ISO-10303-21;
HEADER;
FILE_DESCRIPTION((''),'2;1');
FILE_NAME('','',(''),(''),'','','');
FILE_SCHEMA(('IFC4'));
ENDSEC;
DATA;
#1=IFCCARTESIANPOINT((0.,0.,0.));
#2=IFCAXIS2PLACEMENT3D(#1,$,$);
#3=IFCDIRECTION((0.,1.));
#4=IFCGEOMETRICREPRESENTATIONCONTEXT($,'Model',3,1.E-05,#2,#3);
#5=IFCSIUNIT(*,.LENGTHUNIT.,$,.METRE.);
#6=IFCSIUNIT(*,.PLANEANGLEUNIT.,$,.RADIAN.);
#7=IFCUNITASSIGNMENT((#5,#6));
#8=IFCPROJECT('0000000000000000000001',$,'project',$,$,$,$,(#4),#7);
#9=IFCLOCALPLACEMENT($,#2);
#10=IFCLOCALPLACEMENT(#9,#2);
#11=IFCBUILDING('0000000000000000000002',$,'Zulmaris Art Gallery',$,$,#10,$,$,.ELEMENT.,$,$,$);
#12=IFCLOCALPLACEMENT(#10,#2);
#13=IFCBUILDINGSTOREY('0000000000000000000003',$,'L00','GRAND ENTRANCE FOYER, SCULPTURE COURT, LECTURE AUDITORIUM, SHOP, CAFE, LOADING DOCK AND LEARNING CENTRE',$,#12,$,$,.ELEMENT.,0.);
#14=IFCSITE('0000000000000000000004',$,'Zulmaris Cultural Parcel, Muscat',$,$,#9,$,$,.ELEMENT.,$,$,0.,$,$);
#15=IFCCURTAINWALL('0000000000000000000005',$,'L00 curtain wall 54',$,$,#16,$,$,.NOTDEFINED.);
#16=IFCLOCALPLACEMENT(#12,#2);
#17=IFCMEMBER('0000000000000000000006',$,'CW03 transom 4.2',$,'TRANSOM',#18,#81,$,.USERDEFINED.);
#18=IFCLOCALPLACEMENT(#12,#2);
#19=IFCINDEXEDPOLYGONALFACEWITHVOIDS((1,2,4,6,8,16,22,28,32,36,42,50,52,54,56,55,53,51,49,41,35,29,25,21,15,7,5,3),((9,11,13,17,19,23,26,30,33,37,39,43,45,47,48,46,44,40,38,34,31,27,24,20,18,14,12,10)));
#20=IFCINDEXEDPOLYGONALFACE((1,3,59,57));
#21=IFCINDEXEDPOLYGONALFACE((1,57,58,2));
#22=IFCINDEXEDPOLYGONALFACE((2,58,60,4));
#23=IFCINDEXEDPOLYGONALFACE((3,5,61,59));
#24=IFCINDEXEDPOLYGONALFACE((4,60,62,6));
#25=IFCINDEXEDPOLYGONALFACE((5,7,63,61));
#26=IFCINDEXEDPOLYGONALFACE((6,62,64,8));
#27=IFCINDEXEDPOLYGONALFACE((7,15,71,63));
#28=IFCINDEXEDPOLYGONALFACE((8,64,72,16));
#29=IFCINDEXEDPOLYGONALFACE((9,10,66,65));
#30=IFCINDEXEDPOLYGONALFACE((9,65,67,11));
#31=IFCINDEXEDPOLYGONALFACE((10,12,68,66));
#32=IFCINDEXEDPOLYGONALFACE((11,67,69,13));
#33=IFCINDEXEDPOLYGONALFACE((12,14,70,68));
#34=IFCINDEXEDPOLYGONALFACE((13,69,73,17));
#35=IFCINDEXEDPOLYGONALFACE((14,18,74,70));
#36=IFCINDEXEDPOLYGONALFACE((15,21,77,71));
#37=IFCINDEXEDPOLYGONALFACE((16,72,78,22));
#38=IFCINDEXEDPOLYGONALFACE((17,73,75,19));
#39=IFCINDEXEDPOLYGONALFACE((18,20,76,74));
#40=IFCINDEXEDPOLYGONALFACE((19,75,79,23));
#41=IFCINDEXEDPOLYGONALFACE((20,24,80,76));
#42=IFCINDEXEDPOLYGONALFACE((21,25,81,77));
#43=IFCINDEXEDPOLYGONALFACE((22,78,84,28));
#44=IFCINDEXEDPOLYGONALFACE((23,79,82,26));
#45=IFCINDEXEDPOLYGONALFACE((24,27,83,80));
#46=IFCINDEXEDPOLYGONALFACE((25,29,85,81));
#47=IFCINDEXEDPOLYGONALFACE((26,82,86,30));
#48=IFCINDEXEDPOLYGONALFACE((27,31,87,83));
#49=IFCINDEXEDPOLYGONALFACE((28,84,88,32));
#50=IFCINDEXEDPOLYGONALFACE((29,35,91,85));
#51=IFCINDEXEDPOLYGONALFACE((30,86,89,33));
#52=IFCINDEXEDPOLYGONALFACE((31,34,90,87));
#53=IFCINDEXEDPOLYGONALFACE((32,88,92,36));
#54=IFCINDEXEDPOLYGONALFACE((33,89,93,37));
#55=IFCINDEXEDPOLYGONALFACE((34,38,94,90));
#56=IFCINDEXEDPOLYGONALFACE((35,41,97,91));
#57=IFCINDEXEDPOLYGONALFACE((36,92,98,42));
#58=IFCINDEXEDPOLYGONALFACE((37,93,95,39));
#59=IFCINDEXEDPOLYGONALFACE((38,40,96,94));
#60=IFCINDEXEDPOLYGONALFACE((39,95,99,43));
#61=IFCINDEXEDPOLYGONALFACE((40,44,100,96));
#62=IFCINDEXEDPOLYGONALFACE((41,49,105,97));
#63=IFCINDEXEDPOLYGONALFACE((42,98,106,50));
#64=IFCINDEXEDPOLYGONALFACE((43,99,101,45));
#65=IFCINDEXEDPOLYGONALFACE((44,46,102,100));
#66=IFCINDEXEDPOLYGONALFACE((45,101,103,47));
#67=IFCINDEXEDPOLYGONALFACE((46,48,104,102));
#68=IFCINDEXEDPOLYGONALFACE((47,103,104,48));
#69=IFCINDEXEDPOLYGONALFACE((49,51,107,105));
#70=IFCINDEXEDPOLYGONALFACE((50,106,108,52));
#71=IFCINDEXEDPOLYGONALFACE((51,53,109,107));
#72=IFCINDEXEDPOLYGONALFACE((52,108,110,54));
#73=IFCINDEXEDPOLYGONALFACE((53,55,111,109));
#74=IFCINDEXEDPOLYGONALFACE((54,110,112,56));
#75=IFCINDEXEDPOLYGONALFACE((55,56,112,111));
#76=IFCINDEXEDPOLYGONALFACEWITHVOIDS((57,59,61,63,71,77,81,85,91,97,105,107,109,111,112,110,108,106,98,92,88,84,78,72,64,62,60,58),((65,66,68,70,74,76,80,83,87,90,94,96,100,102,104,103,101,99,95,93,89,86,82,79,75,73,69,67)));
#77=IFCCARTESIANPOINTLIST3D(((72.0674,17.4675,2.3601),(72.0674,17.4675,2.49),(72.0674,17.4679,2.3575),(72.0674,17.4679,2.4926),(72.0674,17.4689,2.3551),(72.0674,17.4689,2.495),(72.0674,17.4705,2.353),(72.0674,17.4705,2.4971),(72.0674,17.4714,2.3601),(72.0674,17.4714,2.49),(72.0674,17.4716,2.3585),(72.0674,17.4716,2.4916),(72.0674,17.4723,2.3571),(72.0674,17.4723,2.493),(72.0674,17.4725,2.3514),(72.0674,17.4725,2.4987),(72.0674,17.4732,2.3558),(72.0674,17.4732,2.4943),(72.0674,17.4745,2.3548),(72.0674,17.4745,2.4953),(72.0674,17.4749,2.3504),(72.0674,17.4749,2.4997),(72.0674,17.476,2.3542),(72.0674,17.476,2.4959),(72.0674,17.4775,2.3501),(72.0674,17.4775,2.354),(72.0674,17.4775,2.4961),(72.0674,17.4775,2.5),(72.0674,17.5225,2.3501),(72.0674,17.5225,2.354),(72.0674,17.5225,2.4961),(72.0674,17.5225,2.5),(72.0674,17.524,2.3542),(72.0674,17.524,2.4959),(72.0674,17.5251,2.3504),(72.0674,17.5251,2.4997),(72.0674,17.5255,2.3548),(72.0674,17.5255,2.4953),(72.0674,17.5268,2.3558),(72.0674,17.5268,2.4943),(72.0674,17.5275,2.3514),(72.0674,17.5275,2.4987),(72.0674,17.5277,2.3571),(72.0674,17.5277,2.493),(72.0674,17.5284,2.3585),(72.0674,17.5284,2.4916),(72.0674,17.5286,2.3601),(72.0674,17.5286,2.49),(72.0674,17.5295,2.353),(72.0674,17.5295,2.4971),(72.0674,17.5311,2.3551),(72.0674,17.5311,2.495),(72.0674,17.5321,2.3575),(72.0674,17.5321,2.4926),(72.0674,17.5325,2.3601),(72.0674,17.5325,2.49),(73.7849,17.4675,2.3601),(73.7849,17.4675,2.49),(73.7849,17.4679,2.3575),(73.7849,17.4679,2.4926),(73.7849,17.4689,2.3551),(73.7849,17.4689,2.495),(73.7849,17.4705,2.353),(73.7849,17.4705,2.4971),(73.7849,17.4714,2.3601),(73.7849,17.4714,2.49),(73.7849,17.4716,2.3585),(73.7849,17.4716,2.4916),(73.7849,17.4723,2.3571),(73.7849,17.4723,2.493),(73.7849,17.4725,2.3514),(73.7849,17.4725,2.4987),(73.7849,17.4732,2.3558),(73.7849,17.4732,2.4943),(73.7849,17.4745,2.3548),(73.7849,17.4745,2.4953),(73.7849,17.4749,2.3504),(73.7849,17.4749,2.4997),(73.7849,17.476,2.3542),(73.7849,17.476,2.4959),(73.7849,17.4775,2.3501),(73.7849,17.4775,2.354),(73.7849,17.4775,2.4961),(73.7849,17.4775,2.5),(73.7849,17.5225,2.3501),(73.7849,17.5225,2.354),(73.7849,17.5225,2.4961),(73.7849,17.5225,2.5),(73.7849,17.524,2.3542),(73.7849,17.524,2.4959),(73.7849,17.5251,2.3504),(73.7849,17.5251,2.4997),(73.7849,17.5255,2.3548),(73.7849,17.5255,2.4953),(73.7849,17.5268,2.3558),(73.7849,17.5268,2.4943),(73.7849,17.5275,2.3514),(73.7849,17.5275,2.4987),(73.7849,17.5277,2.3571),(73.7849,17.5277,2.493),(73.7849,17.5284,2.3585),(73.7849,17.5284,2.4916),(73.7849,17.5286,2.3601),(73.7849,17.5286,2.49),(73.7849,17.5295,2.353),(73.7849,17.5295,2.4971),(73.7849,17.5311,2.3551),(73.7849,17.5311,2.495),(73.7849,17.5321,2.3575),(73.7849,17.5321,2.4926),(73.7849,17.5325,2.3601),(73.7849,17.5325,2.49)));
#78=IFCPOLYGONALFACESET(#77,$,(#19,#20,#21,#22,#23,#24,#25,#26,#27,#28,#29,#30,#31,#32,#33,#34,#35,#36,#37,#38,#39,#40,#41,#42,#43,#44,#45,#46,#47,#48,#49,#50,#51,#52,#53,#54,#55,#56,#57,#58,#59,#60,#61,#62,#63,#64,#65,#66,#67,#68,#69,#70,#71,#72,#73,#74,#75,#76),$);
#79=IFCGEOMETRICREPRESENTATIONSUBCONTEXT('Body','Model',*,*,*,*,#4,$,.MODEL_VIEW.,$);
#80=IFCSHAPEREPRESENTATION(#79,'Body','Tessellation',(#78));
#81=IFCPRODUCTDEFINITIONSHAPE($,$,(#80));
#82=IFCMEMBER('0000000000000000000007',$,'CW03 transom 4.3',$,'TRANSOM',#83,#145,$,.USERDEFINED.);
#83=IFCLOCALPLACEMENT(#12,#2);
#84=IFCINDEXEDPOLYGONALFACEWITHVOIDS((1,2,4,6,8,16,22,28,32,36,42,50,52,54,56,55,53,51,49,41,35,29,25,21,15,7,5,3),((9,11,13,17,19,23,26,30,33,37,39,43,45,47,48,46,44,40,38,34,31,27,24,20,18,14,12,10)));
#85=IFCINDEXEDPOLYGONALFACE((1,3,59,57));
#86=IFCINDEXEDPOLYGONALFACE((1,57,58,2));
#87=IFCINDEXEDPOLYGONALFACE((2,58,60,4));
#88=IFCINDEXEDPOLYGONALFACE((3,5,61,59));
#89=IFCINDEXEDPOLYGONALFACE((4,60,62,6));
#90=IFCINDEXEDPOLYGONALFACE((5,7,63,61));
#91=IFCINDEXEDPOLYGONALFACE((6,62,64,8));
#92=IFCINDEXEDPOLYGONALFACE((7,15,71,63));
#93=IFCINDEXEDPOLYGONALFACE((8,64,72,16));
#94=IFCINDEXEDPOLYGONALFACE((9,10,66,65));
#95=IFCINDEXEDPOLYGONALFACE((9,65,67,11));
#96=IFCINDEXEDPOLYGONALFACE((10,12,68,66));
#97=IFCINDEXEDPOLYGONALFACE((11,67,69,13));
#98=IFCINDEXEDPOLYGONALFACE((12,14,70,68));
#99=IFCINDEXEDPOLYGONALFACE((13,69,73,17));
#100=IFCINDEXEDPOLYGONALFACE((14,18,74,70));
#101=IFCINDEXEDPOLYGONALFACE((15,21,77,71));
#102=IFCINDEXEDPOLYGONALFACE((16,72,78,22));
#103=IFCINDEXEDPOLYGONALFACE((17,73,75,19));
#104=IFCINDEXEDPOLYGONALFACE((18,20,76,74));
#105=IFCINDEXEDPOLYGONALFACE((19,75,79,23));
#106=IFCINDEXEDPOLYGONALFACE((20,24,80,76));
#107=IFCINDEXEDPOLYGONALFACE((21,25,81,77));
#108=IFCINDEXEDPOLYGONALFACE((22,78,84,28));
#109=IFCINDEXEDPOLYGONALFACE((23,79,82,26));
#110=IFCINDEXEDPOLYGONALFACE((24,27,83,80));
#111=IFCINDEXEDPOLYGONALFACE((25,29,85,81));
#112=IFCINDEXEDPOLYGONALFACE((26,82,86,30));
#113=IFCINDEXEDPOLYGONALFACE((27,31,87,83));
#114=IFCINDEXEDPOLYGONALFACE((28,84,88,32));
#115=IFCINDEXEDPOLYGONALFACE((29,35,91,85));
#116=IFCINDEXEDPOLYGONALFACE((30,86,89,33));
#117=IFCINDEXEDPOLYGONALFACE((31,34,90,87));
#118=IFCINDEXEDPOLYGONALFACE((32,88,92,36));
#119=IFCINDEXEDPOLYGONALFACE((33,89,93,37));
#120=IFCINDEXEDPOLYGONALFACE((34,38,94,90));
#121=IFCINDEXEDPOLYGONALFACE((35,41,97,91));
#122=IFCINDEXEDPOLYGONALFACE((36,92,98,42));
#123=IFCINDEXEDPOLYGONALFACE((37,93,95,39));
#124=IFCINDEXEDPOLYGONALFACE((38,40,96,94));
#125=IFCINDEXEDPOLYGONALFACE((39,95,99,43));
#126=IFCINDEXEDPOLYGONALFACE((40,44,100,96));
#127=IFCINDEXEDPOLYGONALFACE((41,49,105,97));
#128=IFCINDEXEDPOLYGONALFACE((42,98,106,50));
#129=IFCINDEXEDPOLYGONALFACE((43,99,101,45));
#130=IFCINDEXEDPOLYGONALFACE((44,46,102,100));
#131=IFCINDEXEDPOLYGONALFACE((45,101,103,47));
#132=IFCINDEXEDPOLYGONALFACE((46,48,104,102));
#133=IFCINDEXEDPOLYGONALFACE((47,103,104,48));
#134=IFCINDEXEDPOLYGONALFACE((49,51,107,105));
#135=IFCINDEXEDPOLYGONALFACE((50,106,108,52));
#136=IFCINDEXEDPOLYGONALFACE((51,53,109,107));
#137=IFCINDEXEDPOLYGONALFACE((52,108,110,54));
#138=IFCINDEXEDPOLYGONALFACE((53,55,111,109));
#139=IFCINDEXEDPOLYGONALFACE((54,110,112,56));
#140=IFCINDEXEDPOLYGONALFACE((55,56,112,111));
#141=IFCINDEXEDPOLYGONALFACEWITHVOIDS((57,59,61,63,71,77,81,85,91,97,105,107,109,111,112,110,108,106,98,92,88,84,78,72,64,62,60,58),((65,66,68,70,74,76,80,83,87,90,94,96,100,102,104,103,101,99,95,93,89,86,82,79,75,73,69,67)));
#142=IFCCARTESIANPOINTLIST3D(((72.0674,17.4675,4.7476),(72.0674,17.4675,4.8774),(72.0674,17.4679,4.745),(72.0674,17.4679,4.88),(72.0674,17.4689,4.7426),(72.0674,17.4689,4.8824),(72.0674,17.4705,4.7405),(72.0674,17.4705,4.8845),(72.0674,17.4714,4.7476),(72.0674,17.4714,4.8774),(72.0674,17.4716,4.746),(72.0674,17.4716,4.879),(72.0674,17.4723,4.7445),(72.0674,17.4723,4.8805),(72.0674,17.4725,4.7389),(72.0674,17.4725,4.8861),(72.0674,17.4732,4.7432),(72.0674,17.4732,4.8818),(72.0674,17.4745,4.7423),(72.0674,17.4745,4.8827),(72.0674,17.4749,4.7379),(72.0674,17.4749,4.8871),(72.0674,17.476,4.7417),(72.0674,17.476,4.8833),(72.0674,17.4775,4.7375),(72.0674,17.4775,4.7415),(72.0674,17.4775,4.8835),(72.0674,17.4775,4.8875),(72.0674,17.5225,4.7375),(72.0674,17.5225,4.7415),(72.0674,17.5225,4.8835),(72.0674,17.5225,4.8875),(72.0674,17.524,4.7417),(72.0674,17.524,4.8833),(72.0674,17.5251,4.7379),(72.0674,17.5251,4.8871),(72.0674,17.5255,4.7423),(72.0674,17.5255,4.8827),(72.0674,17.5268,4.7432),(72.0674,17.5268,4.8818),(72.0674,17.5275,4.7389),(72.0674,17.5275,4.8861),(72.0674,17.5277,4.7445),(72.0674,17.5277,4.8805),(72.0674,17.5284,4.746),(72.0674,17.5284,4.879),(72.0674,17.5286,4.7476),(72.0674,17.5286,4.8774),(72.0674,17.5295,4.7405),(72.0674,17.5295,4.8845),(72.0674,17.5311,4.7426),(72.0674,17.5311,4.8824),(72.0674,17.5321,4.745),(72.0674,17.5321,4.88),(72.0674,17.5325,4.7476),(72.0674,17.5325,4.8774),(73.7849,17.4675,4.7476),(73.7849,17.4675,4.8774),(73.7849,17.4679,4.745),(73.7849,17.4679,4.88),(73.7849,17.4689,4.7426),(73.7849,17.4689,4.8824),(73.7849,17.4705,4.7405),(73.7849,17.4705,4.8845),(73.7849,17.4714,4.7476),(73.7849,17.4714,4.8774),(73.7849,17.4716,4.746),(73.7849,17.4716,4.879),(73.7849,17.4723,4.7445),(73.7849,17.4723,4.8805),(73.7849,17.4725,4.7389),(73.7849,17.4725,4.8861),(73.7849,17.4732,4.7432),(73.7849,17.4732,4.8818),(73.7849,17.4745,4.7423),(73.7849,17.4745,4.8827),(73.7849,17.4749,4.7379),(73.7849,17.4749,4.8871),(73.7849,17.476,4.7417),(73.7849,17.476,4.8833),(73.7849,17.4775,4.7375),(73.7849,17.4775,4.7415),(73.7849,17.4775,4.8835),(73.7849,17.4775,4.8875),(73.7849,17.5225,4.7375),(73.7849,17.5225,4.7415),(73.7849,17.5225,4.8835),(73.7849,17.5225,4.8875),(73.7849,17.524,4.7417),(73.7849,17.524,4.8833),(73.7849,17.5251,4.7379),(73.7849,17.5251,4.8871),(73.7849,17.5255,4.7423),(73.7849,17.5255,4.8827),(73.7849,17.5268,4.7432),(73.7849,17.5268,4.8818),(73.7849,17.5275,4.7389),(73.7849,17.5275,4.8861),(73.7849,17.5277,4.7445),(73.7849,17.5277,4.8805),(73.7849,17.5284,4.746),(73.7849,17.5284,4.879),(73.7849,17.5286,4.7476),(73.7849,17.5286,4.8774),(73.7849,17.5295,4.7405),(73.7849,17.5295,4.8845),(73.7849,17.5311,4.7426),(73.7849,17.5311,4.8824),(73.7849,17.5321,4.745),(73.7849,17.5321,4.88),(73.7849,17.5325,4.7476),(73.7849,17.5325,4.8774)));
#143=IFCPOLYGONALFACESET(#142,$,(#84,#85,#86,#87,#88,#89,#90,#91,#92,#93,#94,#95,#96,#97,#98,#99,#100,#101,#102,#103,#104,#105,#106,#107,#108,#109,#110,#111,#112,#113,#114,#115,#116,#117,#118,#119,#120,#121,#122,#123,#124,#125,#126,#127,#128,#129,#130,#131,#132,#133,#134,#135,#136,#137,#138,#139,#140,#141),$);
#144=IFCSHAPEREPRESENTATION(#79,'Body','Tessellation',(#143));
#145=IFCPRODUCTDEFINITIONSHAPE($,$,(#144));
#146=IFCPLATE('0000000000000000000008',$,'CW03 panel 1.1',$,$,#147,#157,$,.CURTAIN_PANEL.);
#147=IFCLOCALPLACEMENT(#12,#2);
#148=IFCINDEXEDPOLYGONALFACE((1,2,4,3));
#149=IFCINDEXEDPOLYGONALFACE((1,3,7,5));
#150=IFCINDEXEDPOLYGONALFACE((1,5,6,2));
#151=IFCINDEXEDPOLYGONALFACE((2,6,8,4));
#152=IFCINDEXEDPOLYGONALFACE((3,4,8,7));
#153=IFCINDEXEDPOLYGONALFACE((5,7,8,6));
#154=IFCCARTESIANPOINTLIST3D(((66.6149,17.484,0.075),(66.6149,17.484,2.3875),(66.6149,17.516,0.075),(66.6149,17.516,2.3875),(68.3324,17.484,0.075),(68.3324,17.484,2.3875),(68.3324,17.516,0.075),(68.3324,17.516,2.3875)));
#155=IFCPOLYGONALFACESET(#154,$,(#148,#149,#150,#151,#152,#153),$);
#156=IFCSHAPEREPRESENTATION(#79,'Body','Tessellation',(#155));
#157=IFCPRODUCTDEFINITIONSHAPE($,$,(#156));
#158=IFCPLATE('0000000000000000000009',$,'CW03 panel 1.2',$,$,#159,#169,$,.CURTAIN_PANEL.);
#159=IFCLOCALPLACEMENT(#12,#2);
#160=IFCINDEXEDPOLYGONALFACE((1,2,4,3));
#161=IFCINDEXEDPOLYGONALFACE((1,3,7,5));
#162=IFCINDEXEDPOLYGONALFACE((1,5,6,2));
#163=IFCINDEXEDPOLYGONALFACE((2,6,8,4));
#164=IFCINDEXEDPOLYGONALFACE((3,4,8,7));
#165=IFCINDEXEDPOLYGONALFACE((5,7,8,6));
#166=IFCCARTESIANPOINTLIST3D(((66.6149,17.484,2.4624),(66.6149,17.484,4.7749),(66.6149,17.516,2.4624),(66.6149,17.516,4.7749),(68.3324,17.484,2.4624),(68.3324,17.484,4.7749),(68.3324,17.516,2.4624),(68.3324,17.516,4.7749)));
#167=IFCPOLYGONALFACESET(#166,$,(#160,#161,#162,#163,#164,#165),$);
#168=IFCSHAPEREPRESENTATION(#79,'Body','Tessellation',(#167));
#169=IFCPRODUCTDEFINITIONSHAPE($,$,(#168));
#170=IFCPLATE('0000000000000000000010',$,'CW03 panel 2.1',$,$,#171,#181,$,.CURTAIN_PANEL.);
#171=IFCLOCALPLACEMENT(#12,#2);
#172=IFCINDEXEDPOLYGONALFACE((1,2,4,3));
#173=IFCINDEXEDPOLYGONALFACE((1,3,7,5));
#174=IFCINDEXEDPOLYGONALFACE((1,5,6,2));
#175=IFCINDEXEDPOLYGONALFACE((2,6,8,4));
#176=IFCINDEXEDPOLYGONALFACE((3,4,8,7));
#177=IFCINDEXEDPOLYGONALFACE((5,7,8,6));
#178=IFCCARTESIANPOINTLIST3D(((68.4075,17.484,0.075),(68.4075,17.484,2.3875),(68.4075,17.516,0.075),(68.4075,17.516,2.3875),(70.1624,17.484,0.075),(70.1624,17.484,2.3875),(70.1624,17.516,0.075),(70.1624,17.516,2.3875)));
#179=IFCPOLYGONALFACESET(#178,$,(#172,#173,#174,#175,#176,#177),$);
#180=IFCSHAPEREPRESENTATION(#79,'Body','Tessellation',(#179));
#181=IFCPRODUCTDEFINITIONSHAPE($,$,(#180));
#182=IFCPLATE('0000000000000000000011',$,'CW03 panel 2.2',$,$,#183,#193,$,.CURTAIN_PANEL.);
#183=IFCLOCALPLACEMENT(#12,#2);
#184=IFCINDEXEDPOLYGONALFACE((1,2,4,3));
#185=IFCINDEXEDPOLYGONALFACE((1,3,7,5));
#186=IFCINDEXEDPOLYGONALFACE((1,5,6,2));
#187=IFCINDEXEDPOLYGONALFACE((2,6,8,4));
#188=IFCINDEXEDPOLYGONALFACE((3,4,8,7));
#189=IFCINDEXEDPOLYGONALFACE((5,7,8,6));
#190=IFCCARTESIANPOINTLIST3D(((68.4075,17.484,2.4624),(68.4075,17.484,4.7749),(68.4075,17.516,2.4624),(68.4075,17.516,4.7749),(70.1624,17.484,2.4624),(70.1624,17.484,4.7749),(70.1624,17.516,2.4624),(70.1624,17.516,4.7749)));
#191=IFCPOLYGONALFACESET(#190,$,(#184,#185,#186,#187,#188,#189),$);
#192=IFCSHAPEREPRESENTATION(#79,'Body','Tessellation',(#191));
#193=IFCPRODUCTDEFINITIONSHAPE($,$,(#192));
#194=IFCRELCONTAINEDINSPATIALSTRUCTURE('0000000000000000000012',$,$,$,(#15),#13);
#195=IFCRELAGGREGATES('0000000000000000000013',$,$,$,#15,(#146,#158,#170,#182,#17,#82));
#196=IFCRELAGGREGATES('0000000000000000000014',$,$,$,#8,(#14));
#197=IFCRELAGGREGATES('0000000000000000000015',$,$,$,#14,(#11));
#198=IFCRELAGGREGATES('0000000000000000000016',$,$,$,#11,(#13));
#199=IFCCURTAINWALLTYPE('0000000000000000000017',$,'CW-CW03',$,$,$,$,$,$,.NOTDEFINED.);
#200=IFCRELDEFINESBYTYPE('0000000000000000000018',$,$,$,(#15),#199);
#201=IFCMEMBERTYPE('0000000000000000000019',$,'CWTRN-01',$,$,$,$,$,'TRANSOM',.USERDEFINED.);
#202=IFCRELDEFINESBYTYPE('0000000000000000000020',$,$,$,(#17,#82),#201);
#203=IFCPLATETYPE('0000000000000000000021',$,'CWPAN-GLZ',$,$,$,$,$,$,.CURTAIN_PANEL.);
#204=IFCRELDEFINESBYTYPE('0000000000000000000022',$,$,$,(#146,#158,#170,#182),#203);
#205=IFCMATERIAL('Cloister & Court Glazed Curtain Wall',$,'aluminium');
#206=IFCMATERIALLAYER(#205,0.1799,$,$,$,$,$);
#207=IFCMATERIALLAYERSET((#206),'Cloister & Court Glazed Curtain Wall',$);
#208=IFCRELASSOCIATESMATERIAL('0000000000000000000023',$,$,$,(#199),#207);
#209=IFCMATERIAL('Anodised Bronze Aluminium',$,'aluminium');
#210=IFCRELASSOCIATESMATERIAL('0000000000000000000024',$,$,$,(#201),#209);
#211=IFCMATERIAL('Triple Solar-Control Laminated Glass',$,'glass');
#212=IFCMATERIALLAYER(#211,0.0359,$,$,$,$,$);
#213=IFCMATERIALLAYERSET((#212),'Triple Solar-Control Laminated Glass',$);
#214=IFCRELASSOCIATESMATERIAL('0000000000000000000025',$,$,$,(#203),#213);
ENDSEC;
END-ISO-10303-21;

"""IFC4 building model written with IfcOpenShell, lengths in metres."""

from ifc_helpers import new_model, si_unit, direction, frame, origin, origin_2d, place, context, subcontext, project, spatial, rectangle, hollow_rectangle, extrude, material, layer, layer_set, material_profile, profile_set, type_object, element, aggregate, save


model = new_model("IFC4")

# Units and contexts
model_context = context("Model", 3, precision=1e-05, world=origin(), true_north=direction((0.0, 1.0)))
body_context = subcontext(model_context, "Body", "Model", "MODEL_VIEW")
ifc_project = project(units=[si_unit("LENGTHUNIT", "METRE"), si_unit("PLANEANGLEUNIT", "RADIAN")], contexts=[model_context])

# Site, building, storey
site_placement = place(None, origin())
site = spatial("IfcSite", under=ifc_project, at=site_placement, Name="Zulmaris Cultural Parcel, Muscat", CompositionType="ELEMENT", RefElevation=0.0)
building_placement = place(site_placement, origin())
building = spatial("IfcBuilding", under=site, at=building_placement, Name="Zulmaris Art Gallery", CompositionType="ELEMENT")
storey_placement = place(building_placement, origin())
storey = spatial("IfcBuildingStorey", under=building, at=storey_placement, Name="L00", Description="GRAND ENTRANCE FOYER, SCULPTURE COURT, LECTURE AUDITORIUM, SHOP, CAFE, LOADING DOCK AND LEARNING CENTRE", CompositionType="ELEMENT", Elevation=0.0)

# Curtain wall, members, plates
ifc_material_1 = material(Name="Cloister & Court Glazed Curtain Wall", Category="aluminium")
ifc_layer_1 = layer(ifc_material_1, 0.1799)
ifc_layer_set_1 = layer_set([ifc_layer_1], Name="Cloister & Court Glazed Curtain Wall")
curtain_wall_type = type_object("IfcCurtainWallType", Name="CW-CW03", PredefinedType="NOTDEFINED", material=ifc_layer_set_1)
curtain_wall_placement = place(storey_placement, origin())
curtain_wall = element("IfcCurtainWall", 1, at=curtain_wall_placement, inside=storey, type_object=curtain_wall_type, Name="L00 curtain wall 54", PredefinedType="NOTDEFINED")
ifc_material_2 = material(Name="Anodised Bronze Aluminium", Category="aluminium")
ifc_material_profile_1 = material_profile(ifc_material_2, hollow_rectangle(XDim=0.0649, YDim=0.1499, WallThickness=0.0039, InnerFilletRadius=0.0061, OuterFilletRadius=0.01, at=origin_2d()), Name="ALU 65x150x4")
ifc_profile_set_1 = profile_set([ifc_material_profile_1], Name="Anodised Bronze Aluminium")
member_type_1 = type_object("IfcMemberType", Name="CWTRN-01", ElementType="TRANSOM", PredefinedType="USERDEFINED", material=ifc_profile_set_1)
member_1_placement = place(storey_placement, frame((72.0674, 17.5, 2.425), z_axis=(1.0, 0.0, 0.0), x_axis=(0.0, 1.0, 0.0)))
member_1 = element("IfcMember", 2, at=member_1_placement, type_object=member_type_1, Name="CW03 transom 4.2", ObjectType="TRANSOM", PredefinedType="USERDEFINED", context=body_context, shape_type="SweptSolid", body=[
    extrude(hollow_rectangle(XDim=0.0649, YDim=0.1499, WallThickness=0.0039, InnerFilletRadius=0.0061, OuterFilletRadius=0.01, at=origin_2d()), origin(), (0.0, 0.0, 1.0), 1.7175),
])
member_2_placement = place(storey_placement, frame((72.0674, 17.5, 4.8125), z_axis=(1.0, 0.0, 0.0), x_axis=(0.0, 1.0, 0.0)))
member_2 = element("IfcMember", 3, at=member_2_placement, type_object=member_type_1, Name="CW03 transom 4.3", ObjectType="TRANSOM", PredefinedType="USERDEFINED", context=body_context, shape_type="SweptSolid", body=[
    extrude(hollow_rectangle(XDim=0.0649, YDim=0.1499, WallThickness=0.0039, InnerFilletRadius=0.0061, OuterFilletRadius=0.01, at=origin_2d()), origin(), (0.0, 0.0, 1.0), 1.7175),
])
ifc_material_3 = material(Name="Triple Solar-Control Laminated Glass", Category="glass")
ifc_layer_2 = layer(ifc_material_3, 0.0359)
ifc_layer_set_2 = layer_set([ifc_layer_2], Name="Triple Solar-Control Laminated Glass")
plate_type = type_object("IfcPlateType", Name="CWPAN-GLZ", PredefinedType="CURTAIN_PANEL", material=ifc_layer_set_2)
plate_1_placement = place(storey_placement, frame((67.4736, 17.5, 0.075), z_axis=(0.0, 0.0, 1.0), x_axis=(1.0, 0.0, 0.0)))
plate_1 = element("IfcPlate", 4, at=plate_1_placement, type_object=plate_type, Name="CW03 panel 1.1", PredefinedType="CURTAIN_PANEL", context=body_context, shape_type="SweptSolid", body=[
    extrude(rectangle(XDim=1.7175, YDim=0.032, at=origin_2d()), origin(), (0.0, 0.0, 1.0), 2.3125),
])
plate_2_placement = place(storey_placement, frame((67.4736, 17.5, 2.4624), z_axis=(0.0, 0.0, 1.0), x_axis=(1.0, 0.0, 0.0)))
plate_2 = element("IfcPlate", 5, at=plate_2_placement, type_object=plate_type, Name="CW03 panel 1.2", PredefinedType="CURTAIN_PANEL", context=body_context, shape_type="SweptSolid", body=[
    extrude(rectangle(XDim=1.7175, YDim=0.032, at=origin_2d()), origin(), (0.0, 0.0, 1.0), 2.3125),
])
plate_3_placement = place(storey_placement, frame((69.2849, 17.5, 0.075), z_axis=(0.0, 0.0, 1.0), x_axis=(1.0, 0.0, 0.0)))
plate_3 = element("IfcPlate", 6, at=plate_3_placement, type_object=plate_type, Name="CW03 panel 2.1", PredefinedType="CURTAIN_PANEL", context=body_context, shape_type="SweptSolid", body=[
    extrude(rectangle(XDim=1.7549, YDim=0.032, at=origin_2d()), origin(), (0.0, 0.0, 1.0), 2.3125),
])
plate_4_placement = place(storey_placement, frame((69.2849, 17.5, 2.4624), z_axis=(0.0, 0.0, 1.0), x_axis=(1.0, 0.0, 0.0)))
plate_4 = element("IfcPlate", 7, at=plate_4_placement, type_object=plate_type, Name="CW03 panel 2.2", PredefinedType="CURTAIN_PANEL", context=body_context, shape_type="SweptSolid", body=[
    extrude(rectangle(XDim=1.7549, YDim=0.032, at=origin_2d()), origin(), (0.0, 0.0, 1.0), 2.3125),
])
aggregate(curtain_wall, [plate_1, plate_2, plate_3, plate_4, member_1, member_2])

save(model, "model.ifc")
